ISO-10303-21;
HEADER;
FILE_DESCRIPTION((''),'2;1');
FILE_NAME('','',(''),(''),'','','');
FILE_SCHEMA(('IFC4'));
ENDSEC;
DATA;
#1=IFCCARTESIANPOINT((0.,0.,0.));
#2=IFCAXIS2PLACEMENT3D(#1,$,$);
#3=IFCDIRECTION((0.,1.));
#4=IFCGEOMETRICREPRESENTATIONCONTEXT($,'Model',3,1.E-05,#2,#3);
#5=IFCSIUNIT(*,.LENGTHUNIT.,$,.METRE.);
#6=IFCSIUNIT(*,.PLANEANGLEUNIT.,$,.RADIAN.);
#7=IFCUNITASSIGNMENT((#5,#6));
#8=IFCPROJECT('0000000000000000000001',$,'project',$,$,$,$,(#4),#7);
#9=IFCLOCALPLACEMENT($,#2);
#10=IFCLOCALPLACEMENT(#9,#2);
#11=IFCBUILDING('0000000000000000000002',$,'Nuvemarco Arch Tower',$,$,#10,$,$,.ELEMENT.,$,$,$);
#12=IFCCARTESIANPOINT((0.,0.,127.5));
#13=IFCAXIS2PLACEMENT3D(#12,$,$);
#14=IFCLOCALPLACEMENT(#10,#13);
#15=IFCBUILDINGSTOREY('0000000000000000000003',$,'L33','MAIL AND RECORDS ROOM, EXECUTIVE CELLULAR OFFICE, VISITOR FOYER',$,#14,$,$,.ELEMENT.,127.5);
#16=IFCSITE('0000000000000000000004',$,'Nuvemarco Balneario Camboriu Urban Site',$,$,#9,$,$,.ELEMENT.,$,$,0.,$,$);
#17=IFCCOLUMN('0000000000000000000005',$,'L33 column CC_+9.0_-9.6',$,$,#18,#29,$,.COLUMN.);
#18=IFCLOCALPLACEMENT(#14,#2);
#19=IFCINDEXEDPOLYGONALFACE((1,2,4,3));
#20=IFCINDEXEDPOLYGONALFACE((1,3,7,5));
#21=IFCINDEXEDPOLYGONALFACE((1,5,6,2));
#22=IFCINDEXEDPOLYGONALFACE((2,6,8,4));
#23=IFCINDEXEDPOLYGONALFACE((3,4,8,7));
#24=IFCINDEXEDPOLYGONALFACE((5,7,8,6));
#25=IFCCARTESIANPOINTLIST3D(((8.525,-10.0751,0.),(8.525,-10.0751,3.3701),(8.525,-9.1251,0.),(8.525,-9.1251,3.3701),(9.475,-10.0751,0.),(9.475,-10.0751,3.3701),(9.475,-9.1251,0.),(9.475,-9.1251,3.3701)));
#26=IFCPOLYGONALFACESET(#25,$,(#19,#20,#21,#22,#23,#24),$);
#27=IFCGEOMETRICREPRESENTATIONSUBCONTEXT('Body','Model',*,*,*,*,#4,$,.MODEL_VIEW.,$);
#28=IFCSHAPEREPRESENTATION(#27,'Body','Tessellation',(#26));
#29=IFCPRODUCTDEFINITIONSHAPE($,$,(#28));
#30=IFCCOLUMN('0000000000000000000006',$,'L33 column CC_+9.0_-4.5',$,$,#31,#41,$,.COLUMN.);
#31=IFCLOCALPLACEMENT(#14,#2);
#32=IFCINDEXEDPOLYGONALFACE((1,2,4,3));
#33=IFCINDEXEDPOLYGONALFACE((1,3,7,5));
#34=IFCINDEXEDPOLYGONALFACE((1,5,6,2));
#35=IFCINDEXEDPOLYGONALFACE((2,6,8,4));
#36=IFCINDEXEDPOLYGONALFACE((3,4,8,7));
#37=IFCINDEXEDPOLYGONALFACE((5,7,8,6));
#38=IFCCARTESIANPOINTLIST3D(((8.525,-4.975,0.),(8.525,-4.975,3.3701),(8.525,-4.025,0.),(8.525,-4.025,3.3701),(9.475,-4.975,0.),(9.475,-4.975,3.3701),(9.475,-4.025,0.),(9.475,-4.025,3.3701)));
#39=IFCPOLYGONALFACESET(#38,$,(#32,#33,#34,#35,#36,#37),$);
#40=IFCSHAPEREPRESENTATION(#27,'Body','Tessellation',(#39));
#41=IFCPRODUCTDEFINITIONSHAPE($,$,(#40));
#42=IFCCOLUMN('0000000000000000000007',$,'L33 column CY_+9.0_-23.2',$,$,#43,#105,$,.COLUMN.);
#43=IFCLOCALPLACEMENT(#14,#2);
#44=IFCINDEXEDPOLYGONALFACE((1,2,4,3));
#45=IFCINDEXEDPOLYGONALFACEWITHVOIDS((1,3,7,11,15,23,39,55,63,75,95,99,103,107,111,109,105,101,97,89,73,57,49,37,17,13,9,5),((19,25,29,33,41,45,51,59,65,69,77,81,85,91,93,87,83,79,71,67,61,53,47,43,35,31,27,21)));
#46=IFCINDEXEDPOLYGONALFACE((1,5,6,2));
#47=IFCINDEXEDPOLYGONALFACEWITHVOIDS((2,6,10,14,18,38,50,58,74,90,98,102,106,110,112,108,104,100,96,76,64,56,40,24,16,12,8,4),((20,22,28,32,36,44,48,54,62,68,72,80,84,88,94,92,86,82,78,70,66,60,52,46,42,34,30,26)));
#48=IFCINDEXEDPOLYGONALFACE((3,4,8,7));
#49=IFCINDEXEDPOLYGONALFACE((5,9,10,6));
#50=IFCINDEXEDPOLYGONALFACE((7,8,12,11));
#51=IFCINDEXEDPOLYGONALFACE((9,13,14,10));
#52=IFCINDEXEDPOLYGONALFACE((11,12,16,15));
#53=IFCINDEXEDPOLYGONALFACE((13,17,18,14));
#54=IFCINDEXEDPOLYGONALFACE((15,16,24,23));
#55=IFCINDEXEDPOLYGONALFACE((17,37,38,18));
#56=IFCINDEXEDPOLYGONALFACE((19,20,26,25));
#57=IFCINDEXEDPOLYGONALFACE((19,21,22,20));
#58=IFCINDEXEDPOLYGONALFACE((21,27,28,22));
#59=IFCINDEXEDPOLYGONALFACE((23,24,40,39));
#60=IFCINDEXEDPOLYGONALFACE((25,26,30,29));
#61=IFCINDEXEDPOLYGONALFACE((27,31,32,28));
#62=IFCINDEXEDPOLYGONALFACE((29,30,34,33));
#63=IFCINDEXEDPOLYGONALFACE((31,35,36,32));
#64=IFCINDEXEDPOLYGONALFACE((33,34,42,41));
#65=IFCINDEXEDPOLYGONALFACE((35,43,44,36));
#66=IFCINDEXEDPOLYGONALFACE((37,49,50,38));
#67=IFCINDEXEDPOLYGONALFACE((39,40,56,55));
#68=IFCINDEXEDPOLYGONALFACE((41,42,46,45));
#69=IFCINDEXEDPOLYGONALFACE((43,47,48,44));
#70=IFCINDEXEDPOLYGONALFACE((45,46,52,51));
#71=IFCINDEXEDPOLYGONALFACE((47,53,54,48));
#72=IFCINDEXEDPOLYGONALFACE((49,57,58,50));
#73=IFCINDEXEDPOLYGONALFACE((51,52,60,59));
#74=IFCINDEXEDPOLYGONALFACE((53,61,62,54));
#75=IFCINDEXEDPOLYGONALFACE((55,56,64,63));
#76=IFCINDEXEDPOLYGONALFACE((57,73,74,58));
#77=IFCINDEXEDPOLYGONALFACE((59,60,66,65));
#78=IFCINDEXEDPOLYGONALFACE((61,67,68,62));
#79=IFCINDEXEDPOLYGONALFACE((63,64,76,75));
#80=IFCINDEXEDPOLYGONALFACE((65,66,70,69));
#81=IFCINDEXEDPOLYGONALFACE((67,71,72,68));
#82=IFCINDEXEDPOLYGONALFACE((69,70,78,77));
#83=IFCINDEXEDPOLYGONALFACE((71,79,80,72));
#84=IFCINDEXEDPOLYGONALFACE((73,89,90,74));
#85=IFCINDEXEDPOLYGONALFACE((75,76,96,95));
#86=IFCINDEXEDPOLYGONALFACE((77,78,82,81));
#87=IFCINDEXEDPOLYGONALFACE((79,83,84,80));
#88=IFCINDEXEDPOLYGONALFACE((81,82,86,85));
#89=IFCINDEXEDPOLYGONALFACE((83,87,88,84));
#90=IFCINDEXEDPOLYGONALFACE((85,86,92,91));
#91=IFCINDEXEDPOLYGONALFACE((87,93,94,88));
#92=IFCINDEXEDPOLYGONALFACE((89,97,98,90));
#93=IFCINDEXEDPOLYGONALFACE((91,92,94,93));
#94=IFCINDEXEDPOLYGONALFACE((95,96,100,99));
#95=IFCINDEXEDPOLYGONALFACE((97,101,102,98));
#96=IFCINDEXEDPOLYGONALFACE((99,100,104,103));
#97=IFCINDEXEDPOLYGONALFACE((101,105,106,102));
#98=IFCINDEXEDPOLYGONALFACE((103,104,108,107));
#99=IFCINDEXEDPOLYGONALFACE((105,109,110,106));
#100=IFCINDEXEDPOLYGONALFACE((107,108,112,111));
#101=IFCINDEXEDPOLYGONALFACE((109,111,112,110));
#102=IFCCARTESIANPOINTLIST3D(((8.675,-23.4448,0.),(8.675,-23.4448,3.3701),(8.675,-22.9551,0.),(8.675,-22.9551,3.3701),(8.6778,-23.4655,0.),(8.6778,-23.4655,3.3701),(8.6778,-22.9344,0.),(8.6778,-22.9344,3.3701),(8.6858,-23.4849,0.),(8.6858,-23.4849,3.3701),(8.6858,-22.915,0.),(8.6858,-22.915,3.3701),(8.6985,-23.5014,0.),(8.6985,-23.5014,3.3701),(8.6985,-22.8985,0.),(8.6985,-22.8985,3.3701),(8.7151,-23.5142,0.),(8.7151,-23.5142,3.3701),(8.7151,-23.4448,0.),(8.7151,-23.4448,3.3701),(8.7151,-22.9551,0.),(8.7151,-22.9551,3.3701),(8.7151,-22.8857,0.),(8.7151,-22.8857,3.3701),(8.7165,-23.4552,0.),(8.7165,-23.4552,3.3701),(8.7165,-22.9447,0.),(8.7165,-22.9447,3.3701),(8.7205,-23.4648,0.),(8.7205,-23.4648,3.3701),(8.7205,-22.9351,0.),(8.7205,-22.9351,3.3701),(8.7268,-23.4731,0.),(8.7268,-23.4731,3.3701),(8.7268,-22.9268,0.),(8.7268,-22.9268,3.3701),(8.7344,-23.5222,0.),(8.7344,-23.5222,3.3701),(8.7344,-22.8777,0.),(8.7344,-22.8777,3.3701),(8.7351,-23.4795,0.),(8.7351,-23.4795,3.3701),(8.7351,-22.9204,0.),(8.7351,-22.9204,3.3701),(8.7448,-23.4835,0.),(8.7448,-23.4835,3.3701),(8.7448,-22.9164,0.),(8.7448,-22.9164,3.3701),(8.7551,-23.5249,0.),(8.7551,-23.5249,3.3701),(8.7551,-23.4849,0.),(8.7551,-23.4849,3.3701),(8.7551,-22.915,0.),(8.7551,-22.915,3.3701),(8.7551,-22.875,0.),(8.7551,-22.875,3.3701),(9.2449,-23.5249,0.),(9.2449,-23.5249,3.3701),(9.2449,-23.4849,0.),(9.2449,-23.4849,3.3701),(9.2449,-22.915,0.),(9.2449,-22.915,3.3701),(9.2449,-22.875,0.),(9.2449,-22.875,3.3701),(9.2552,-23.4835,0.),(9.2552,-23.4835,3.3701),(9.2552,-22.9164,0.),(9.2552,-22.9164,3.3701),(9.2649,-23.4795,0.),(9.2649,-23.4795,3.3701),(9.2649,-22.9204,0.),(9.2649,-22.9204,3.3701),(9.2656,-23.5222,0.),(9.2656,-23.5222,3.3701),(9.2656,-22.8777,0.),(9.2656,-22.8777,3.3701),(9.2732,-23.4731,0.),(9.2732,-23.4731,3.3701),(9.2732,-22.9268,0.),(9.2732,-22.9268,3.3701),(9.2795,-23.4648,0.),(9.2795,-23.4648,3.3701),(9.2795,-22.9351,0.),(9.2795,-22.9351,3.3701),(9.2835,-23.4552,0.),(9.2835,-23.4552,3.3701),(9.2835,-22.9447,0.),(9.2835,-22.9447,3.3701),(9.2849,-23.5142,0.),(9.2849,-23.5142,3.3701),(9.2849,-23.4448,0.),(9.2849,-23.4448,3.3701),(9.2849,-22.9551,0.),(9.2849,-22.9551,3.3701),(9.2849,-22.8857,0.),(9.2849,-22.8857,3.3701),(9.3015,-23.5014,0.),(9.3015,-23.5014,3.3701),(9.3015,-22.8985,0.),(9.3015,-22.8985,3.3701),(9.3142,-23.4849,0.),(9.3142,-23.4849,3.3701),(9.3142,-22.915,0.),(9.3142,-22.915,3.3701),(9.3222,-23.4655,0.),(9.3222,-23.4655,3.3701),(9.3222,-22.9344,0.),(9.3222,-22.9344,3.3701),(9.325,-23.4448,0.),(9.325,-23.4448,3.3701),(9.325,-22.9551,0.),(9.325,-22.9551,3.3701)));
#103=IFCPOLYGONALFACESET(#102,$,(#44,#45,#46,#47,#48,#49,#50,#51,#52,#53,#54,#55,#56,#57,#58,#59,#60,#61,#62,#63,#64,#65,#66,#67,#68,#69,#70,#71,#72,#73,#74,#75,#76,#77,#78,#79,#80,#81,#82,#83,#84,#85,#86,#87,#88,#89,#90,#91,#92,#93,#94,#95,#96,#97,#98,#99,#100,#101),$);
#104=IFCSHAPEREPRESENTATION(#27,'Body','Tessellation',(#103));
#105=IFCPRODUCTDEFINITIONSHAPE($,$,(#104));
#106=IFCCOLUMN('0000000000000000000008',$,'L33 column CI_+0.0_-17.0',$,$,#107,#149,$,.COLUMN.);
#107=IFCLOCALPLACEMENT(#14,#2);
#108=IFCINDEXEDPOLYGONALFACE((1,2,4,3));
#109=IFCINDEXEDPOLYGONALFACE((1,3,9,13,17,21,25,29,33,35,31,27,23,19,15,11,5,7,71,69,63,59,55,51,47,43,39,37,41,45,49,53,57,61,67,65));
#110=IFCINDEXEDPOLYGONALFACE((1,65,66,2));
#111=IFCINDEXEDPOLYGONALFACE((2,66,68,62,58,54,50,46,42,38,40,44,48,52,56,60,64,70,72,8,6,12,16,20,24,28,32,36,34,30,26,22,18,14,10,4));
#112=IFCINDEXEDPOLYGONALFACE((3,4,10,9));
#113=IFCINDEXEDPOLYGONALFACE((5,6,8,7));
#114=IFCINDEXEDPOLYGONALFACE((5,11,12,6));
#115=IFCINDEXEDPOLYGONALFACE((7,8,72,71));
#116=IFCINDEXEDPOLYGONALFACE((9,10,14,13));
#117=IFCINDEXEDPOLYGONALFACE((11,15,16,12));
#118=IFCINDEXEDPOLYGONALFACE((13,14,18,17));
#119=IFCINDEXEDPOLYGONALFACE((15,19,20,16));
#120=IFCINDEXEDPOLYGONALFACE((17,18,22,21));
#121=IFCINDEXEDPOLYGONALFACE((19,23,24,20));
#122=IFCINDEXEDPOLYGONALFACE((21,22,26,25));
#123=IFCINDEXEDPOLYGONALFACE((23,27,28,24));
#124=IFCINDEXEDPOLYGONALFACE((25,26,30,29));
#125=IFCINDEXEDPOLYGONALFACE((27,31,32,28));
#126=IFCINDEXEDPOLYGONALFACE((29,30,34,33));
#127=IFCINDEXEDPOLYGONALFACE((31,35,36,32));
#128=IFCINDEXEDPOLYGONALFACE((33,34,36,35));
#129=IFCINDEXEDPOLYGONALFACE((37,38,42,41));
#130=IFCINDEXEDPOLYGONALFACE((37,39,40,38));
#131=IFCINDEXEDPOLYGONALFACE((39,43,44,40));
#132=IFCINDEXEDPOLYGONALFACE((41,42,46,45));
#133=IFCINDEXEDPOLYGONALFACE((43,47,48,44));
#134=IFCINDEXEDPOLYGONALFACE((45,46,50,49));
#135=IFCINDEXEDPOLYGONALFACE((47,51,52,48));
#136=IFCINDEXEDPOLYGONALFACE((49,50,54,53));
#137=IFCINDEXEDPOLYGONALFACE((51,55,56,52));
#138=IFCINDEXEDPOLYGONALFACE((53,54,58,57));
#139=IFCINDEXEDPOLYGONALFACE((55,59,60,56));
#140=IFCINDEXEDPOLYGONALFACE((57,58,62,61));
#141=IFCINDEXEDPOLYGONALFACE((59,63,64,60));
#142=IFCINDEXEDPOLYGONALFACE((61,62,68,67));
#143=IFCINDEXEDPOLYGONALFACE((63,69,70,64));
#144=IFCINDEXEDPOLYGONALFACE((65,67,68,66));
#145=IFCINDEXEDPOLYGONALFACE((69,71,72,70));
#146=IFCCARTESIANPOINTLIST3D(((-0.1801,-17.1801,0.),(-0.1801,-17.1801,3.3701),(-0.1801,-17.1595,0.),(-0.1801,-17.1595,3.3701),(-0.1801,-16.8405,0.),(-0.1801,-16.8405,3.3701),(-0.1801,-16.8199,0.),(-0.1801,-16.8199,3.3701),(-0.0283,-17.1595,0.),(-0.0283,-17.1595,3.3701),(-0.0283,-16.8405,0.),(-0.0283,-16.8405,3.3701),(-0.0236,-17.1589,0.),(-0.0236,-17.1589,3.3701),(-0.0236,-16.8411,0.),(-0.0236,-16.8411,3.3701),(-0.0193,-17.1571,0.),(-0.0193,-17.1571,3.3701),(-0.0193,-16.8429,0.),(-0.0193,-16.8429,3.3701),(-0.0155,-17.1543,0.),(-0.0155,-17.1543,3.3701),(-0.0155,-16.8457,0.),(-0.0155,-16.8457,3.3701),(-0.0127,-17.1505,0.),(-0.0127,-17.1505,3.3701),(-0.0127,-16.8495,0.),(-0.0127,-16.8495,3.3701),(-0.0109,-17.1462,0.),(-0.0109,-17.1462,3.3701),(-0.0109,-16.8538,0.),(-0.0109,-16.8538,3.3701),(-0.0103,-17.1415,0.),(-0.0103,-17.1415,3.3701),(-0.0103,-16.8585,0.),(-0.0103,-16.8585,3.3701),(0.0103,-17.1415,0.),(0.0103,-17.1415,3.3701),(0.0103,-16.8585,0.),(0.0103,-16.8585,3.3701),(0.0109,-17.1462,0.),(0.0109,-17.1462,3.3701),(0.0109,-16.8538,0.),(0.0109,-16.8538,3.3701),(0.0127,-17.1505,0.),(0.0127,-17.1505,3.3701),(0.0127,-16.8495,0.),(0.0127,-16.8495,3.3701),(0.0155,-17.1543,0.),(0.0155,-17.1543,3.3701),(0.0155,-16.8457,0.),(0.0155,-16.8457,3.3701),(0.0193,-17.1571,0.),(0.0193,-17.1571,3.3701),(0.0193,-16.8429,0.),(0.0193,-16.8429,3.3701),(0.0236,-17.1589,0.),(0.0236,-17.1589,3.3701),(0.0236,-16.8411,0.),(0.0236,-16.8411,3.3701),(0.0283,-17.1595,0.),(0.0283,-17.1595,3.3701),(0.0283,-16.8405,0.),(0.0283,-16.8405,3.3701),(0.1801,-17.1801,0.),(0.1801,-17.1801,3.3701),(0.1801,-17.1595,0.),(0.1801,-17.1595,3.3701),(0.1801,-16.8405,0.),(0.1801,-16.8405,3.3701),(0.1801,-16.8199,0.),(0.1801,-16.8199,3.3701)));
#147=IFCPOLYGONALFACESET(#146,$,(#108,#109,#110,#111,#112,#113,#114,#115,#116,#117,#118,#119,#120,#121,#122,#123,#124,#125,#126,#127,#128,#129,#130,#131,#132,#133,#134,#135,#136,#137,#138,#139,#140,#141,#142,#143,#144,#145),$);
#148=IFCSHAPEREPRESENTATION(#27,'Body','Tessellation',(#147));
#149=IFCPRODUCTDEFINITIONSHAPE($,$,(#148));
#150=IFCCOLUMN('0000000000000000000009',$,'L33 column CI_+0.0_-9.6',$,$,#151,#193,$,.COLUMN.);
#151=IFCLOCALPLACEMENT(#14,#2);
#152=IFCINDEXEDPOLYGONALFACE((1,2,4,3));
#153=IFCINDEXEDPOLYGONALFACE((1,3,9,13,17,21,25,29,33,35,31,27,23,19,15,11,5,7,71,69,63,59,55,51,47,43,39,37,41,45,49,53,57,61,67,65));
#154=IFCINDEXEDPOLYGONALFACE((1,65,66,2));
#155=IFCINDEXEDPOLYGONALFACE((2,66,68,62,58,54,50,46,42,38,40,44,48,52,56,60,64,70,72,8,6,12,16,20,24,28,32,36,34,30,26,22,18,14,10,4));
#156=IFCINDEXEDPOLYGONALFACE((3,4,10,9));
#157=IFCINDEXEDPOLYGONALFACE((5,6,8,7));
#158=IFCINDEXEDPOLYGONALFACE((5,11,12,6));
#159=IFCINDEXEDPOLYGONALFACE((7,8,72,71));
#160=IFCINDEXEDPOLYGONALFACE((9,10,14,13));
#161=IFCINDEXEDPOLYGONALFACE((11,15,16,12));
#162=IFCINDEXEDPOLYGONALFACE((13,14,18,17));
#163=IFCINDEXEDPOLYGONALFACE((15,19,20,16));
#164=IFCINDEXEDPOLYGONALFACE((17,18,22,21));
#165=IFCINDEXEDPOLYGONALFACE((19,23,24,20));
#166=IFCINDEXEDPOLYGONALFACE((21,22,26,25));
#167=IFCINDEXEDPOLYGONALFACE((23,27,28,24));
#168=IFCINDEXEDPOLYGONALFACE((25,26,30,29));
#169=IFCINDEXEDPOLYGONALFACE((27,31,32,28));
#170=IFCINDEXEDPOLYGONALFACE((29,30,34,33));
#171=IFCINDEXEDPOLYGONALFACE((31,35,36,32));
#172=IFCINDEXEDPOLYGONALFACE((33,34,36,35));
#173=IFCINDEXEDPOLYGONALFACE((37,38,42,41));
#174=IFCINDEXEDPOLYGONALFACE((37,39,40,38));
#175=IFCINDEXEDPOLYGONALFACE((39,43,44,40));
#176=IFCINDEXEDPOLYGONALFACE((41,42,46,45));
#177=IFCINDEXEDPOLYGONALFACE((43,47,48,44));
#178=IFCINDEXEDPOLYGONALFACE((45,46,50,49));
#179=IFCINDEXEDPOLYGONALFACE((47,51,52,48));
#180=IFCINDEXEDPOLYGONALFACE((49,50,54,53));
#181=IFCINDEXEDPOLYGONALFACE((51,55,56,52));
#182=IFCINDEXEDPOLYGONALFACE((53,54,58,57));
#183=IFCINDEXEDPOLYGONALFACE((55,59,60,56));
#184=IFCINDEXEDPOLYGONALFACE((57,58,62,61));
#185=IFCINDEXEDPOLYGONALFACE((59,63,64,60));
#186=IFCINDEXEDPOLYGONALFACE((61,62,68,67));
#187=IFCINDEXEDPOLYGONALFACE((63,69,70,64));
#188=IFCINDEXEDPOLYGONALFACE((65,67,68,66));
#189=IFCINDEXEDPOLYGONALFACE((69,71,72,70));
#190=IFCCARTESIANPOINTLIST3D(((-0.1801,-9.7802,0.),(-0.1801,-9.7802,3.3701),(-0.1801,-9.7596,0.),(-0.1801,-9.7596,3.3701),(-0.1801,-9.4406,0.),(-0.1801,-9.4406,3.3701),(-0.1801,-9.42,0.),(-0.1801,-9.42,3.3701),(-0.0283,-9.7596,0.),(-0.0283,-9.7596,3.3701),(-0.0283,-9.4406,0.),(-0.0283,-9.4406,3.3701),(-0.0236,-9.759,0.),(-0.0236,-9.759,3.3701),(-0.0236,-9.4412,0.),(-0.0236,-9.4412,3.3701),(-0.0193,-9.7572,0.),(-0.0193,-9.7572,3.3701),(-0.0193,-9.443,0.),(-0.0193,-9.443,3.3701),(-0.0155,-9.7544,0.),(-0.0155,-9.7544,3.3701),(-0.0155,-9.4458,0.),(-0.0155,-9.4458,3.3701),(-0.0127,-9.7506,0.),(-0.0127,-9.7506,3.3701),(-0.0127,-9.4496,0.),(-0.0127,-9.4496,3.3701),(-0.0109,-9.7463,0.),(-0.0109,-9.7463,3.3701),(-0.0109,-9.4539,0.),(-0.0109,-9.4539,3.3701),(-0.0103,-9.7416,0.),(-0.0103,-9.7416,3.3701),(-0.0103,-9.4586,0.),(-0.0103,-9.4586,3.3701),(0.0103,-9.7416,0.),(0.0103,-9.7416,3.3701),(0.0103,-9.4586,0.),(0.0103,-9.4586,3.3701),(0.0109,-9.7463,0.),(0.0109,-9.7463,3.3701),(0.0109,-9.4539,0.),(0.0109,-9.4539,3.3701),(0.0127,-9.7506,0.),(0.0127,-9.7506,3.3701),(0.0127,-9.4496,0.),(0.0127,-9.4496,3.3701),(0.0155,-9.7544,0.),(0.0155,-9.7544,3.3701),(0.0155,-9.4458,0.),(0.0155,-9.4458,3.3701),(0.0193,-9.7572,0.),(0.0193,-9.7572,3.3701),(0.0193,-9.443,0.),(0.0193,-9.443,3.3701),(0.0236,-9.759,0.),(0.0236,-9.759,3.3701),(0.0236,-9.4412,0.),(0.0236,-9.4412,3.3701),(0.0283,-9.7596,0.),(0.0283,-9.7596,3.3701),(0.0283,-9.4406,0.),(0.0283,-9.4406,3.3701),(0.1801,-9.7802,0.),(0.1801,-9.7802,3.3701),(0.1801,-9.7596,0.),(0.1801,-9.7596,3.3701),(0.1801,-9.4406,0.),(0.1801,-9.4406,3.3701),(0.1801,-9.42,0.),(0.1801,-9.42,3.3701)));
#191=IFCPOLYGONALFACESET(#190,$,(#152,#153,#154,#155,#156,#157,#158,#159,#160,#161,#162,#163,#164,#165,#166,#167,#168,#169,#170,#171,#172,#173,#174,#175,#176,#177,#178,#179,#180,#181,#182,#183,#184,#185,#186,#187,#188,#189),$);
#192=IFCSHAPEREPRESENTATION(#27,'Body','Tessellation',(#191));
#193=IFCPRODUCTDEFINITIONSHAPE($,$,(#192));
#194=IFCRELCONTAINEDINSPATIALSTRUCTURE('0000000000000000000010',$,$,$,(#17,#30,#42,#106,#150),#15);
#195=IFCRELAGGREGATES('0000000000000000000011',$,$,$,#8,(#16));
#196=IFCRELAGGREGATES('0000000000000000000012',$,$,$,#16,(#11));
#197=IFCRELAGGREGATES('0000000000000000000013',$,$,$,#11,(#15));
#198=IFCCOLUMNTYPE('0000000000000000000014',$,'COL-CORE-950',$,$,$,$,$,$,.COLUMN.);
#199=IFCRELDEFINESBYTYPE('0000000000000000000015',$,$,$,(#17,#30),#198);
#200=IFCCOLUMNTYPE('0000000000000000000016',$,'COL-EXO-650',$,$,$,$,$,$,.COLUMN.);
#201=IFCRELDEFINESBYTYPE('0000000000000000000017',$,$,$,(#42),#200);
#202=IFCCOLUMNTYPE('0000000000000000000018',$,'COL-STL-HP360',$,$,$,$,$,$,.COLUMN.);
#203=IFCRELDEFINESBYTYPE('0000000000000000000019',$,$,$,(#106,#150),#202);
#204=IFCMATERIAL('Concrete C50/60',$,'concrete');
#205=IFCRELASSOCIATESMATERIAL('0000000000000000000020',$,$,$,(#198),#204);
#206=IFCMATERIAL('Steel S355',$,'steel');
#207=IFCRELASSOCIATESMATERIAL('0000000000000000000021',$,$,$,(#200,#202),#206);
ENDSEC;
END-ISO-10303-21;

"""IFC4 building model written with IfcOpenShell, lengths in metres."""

from ifc_helpers import new_model, si_unit, direction, frame, origin, origin_2d, place, context, subcontext, project, spatial, rectangle, hollow_rectangle, i_section, extrude, material, material_profile, profile_set, type_object, element, save


model = new_model("IFC4")

# Units and contexts
model_context = context("Model", 3, precision=1e-05, world=origin(), true_north=direction((0.0, 1.0)))
body_context = subcontext(model_context, "Body", "Model", "MODEL_VIEW")
ifc_project = project(units=[si_unit("LENGTHUNIT", "METRE"), si_unit("PLANEANGLEUNIT", "RADIAN")], contexts=[model_context])

# Site, building, storey
site_placement = place(None, origin())
site = spatial("IfcSite", under=ifc_project, at=site_placement, Name="Nuvemarco Balneario Camboriu Urban Site", CompositionType="ELEMENT", RefElevation=0.0)
building_placement = place(site_placement, origin())
building = spatial("IfcBuilding", under=site, at=building_placement, Name="Nuvemarco Arch Tower", CompositionType="ELEMENT")
storey_placement = place(building_placement, frame((0.0, 0.0, 127.5)))
storey = spatial("IfcBuildingStorey", under=building, at=storey_placement, Name="L33", Description="MAIL AND RECORDS ROOM, EXECUTIVE CELLULAR OFFICE, VISITOR FOYER", CompositionType="ELEMENT", Elevation=127.5)

# Columns
ifc_material_1 = material(Name="Concrete C50/60", Category="concrete")
ifc_material_profile_1 = material_profile(ifc_material_1, rectangle(XDim=0.95, YDim=0.95, at=origin_2d()), Name="RC-COL-950x950")
ifc_profile_set_1 = profile_set([ifc_material_profile_1], Name="Concrete C50/60")
column_type_1 = type_object("IfcColumnType", Name="COL-CORE-950", PredefinedType="COLUMN", material=ifc_profile_set_1)
for number, where, z_axis, x_axis, name in (
    (1, (9.0, -9.6001, 0.0), (0.0, 0.0, 1.0), (1.0, 0.0, 0.0), "L33 column CC_+9.0_-9.6"),
    (2, (9.0, -4.5, 0.0), (0.0, 0.0, 1.0), (1.0, 0.0, 0.0), "L33 column CC_+9.0_-4.5"),
):
    element("IfcColumn", number, at=place(storey_placement, frame(where, z_axis=z_axis, x_axis=x_axis)), inside=storey, type_object=column_type_1, Name=name, PredefinedType="COLUMN", context=body_context, shape_type="SweptSolid", body=[
        extrude(rectangle(XDim=0.95, YDim=0.95, at=origin_2d()), origin(), (0.0, 0.0, 1.0), 3.3701),
    ])
ifc_material_2 = material(Name="Steel S355", Category="steel")
ifc_material_profile_2 = material_profile(ifc_material_2, hollow_rectangle(XDim=0.6499, YDim=0.6499, WallThickness=0.04, InnerFilletRadius=0.04, OuterFilletRadius=0.0801, at=origin_2d()), Name="SHS650x650x40")
ifc_profile_set_2 = profile_set([ifc_material_profile_2], Name="Steel S355")
column_type_2 = type_object("IfcColumnType", Name="COL-EXO-650", PredefinedType="COLUMN", material=ifc_profile_set_2)
column_placement = place(storey_placement, frame((9.0, -23.2, 0.0), z_axis=(0.0, 0.0, 1.0), x_axis=(1.0, 0.0, 0.0)))
element("IfcColumn", 3, at=column_placement, inside=storey, type_object=column_type_2, Name="L33 column CY_+9.0_-23.2", PredefinedType="COLUMN", context=body_context, shape_type="SweptSolid", body=[
    extrude(hollow_rectangle(XDim=0.6499, YDim=0.6499, WallThickness=0.04, InnerFilletRadius=0.04, OuterFilletRadius=0.0801, at=origin_2d()), origin(), (0.0, 0.0, 1.0), 3.3701),
])
ifc_material_profile_3 = material_profile(ifc_material_2, i_section(OverallWidth=0.3601, OverallDepth=0.3601, WebThickness=0.0205, FlangeThickness=0.0205, FilletRadius=0.0181, at=origin_2d()), Name="HP360x174")
ifc_profile_set_3 = profile_set([ifc_material_profile_3], Name="Steel S355")
column_type_3 = type_object("IfcColumnType", Name="COL-STL-HP360", PredefinedType="COLUMN", material=ifc_profile_set_3)
for number, where, z_axis, x_axis, name in (
    (4, (0.0, -17.0, 0.0), (0.0, 0.0, 1.0), (1.0, 0.0, 0.0), "L33 column CI_+0.0_-17.0"),
    (5, (0.0, -9.6001, 0.0), (0.0, 0.0, 1.0), (1.0, 0.0, 0.0), "L33 column CI_+0.0_-9.6"),
):
    element("IfcColumn", number, at=place(storey_placement, frame(where, z_axis=z_axis, x_axis=x_axis)), inside=storey, type_object=column_type_3, Name=name, PredefinedType="COLUMN", context=body_context, shape_type="SweptSolid", body=[
        extrude(i_section(OverallWidth=0.3601, OverallDepth=0.3601, WebThickness=0.0205, FlangeThickness=0.0205, FilletRadius=0.0181, at=origin_2d()), origin(), (0.0, 0.0, 1.0), 3.3701),
    ])

save(model, "model.ifc")
